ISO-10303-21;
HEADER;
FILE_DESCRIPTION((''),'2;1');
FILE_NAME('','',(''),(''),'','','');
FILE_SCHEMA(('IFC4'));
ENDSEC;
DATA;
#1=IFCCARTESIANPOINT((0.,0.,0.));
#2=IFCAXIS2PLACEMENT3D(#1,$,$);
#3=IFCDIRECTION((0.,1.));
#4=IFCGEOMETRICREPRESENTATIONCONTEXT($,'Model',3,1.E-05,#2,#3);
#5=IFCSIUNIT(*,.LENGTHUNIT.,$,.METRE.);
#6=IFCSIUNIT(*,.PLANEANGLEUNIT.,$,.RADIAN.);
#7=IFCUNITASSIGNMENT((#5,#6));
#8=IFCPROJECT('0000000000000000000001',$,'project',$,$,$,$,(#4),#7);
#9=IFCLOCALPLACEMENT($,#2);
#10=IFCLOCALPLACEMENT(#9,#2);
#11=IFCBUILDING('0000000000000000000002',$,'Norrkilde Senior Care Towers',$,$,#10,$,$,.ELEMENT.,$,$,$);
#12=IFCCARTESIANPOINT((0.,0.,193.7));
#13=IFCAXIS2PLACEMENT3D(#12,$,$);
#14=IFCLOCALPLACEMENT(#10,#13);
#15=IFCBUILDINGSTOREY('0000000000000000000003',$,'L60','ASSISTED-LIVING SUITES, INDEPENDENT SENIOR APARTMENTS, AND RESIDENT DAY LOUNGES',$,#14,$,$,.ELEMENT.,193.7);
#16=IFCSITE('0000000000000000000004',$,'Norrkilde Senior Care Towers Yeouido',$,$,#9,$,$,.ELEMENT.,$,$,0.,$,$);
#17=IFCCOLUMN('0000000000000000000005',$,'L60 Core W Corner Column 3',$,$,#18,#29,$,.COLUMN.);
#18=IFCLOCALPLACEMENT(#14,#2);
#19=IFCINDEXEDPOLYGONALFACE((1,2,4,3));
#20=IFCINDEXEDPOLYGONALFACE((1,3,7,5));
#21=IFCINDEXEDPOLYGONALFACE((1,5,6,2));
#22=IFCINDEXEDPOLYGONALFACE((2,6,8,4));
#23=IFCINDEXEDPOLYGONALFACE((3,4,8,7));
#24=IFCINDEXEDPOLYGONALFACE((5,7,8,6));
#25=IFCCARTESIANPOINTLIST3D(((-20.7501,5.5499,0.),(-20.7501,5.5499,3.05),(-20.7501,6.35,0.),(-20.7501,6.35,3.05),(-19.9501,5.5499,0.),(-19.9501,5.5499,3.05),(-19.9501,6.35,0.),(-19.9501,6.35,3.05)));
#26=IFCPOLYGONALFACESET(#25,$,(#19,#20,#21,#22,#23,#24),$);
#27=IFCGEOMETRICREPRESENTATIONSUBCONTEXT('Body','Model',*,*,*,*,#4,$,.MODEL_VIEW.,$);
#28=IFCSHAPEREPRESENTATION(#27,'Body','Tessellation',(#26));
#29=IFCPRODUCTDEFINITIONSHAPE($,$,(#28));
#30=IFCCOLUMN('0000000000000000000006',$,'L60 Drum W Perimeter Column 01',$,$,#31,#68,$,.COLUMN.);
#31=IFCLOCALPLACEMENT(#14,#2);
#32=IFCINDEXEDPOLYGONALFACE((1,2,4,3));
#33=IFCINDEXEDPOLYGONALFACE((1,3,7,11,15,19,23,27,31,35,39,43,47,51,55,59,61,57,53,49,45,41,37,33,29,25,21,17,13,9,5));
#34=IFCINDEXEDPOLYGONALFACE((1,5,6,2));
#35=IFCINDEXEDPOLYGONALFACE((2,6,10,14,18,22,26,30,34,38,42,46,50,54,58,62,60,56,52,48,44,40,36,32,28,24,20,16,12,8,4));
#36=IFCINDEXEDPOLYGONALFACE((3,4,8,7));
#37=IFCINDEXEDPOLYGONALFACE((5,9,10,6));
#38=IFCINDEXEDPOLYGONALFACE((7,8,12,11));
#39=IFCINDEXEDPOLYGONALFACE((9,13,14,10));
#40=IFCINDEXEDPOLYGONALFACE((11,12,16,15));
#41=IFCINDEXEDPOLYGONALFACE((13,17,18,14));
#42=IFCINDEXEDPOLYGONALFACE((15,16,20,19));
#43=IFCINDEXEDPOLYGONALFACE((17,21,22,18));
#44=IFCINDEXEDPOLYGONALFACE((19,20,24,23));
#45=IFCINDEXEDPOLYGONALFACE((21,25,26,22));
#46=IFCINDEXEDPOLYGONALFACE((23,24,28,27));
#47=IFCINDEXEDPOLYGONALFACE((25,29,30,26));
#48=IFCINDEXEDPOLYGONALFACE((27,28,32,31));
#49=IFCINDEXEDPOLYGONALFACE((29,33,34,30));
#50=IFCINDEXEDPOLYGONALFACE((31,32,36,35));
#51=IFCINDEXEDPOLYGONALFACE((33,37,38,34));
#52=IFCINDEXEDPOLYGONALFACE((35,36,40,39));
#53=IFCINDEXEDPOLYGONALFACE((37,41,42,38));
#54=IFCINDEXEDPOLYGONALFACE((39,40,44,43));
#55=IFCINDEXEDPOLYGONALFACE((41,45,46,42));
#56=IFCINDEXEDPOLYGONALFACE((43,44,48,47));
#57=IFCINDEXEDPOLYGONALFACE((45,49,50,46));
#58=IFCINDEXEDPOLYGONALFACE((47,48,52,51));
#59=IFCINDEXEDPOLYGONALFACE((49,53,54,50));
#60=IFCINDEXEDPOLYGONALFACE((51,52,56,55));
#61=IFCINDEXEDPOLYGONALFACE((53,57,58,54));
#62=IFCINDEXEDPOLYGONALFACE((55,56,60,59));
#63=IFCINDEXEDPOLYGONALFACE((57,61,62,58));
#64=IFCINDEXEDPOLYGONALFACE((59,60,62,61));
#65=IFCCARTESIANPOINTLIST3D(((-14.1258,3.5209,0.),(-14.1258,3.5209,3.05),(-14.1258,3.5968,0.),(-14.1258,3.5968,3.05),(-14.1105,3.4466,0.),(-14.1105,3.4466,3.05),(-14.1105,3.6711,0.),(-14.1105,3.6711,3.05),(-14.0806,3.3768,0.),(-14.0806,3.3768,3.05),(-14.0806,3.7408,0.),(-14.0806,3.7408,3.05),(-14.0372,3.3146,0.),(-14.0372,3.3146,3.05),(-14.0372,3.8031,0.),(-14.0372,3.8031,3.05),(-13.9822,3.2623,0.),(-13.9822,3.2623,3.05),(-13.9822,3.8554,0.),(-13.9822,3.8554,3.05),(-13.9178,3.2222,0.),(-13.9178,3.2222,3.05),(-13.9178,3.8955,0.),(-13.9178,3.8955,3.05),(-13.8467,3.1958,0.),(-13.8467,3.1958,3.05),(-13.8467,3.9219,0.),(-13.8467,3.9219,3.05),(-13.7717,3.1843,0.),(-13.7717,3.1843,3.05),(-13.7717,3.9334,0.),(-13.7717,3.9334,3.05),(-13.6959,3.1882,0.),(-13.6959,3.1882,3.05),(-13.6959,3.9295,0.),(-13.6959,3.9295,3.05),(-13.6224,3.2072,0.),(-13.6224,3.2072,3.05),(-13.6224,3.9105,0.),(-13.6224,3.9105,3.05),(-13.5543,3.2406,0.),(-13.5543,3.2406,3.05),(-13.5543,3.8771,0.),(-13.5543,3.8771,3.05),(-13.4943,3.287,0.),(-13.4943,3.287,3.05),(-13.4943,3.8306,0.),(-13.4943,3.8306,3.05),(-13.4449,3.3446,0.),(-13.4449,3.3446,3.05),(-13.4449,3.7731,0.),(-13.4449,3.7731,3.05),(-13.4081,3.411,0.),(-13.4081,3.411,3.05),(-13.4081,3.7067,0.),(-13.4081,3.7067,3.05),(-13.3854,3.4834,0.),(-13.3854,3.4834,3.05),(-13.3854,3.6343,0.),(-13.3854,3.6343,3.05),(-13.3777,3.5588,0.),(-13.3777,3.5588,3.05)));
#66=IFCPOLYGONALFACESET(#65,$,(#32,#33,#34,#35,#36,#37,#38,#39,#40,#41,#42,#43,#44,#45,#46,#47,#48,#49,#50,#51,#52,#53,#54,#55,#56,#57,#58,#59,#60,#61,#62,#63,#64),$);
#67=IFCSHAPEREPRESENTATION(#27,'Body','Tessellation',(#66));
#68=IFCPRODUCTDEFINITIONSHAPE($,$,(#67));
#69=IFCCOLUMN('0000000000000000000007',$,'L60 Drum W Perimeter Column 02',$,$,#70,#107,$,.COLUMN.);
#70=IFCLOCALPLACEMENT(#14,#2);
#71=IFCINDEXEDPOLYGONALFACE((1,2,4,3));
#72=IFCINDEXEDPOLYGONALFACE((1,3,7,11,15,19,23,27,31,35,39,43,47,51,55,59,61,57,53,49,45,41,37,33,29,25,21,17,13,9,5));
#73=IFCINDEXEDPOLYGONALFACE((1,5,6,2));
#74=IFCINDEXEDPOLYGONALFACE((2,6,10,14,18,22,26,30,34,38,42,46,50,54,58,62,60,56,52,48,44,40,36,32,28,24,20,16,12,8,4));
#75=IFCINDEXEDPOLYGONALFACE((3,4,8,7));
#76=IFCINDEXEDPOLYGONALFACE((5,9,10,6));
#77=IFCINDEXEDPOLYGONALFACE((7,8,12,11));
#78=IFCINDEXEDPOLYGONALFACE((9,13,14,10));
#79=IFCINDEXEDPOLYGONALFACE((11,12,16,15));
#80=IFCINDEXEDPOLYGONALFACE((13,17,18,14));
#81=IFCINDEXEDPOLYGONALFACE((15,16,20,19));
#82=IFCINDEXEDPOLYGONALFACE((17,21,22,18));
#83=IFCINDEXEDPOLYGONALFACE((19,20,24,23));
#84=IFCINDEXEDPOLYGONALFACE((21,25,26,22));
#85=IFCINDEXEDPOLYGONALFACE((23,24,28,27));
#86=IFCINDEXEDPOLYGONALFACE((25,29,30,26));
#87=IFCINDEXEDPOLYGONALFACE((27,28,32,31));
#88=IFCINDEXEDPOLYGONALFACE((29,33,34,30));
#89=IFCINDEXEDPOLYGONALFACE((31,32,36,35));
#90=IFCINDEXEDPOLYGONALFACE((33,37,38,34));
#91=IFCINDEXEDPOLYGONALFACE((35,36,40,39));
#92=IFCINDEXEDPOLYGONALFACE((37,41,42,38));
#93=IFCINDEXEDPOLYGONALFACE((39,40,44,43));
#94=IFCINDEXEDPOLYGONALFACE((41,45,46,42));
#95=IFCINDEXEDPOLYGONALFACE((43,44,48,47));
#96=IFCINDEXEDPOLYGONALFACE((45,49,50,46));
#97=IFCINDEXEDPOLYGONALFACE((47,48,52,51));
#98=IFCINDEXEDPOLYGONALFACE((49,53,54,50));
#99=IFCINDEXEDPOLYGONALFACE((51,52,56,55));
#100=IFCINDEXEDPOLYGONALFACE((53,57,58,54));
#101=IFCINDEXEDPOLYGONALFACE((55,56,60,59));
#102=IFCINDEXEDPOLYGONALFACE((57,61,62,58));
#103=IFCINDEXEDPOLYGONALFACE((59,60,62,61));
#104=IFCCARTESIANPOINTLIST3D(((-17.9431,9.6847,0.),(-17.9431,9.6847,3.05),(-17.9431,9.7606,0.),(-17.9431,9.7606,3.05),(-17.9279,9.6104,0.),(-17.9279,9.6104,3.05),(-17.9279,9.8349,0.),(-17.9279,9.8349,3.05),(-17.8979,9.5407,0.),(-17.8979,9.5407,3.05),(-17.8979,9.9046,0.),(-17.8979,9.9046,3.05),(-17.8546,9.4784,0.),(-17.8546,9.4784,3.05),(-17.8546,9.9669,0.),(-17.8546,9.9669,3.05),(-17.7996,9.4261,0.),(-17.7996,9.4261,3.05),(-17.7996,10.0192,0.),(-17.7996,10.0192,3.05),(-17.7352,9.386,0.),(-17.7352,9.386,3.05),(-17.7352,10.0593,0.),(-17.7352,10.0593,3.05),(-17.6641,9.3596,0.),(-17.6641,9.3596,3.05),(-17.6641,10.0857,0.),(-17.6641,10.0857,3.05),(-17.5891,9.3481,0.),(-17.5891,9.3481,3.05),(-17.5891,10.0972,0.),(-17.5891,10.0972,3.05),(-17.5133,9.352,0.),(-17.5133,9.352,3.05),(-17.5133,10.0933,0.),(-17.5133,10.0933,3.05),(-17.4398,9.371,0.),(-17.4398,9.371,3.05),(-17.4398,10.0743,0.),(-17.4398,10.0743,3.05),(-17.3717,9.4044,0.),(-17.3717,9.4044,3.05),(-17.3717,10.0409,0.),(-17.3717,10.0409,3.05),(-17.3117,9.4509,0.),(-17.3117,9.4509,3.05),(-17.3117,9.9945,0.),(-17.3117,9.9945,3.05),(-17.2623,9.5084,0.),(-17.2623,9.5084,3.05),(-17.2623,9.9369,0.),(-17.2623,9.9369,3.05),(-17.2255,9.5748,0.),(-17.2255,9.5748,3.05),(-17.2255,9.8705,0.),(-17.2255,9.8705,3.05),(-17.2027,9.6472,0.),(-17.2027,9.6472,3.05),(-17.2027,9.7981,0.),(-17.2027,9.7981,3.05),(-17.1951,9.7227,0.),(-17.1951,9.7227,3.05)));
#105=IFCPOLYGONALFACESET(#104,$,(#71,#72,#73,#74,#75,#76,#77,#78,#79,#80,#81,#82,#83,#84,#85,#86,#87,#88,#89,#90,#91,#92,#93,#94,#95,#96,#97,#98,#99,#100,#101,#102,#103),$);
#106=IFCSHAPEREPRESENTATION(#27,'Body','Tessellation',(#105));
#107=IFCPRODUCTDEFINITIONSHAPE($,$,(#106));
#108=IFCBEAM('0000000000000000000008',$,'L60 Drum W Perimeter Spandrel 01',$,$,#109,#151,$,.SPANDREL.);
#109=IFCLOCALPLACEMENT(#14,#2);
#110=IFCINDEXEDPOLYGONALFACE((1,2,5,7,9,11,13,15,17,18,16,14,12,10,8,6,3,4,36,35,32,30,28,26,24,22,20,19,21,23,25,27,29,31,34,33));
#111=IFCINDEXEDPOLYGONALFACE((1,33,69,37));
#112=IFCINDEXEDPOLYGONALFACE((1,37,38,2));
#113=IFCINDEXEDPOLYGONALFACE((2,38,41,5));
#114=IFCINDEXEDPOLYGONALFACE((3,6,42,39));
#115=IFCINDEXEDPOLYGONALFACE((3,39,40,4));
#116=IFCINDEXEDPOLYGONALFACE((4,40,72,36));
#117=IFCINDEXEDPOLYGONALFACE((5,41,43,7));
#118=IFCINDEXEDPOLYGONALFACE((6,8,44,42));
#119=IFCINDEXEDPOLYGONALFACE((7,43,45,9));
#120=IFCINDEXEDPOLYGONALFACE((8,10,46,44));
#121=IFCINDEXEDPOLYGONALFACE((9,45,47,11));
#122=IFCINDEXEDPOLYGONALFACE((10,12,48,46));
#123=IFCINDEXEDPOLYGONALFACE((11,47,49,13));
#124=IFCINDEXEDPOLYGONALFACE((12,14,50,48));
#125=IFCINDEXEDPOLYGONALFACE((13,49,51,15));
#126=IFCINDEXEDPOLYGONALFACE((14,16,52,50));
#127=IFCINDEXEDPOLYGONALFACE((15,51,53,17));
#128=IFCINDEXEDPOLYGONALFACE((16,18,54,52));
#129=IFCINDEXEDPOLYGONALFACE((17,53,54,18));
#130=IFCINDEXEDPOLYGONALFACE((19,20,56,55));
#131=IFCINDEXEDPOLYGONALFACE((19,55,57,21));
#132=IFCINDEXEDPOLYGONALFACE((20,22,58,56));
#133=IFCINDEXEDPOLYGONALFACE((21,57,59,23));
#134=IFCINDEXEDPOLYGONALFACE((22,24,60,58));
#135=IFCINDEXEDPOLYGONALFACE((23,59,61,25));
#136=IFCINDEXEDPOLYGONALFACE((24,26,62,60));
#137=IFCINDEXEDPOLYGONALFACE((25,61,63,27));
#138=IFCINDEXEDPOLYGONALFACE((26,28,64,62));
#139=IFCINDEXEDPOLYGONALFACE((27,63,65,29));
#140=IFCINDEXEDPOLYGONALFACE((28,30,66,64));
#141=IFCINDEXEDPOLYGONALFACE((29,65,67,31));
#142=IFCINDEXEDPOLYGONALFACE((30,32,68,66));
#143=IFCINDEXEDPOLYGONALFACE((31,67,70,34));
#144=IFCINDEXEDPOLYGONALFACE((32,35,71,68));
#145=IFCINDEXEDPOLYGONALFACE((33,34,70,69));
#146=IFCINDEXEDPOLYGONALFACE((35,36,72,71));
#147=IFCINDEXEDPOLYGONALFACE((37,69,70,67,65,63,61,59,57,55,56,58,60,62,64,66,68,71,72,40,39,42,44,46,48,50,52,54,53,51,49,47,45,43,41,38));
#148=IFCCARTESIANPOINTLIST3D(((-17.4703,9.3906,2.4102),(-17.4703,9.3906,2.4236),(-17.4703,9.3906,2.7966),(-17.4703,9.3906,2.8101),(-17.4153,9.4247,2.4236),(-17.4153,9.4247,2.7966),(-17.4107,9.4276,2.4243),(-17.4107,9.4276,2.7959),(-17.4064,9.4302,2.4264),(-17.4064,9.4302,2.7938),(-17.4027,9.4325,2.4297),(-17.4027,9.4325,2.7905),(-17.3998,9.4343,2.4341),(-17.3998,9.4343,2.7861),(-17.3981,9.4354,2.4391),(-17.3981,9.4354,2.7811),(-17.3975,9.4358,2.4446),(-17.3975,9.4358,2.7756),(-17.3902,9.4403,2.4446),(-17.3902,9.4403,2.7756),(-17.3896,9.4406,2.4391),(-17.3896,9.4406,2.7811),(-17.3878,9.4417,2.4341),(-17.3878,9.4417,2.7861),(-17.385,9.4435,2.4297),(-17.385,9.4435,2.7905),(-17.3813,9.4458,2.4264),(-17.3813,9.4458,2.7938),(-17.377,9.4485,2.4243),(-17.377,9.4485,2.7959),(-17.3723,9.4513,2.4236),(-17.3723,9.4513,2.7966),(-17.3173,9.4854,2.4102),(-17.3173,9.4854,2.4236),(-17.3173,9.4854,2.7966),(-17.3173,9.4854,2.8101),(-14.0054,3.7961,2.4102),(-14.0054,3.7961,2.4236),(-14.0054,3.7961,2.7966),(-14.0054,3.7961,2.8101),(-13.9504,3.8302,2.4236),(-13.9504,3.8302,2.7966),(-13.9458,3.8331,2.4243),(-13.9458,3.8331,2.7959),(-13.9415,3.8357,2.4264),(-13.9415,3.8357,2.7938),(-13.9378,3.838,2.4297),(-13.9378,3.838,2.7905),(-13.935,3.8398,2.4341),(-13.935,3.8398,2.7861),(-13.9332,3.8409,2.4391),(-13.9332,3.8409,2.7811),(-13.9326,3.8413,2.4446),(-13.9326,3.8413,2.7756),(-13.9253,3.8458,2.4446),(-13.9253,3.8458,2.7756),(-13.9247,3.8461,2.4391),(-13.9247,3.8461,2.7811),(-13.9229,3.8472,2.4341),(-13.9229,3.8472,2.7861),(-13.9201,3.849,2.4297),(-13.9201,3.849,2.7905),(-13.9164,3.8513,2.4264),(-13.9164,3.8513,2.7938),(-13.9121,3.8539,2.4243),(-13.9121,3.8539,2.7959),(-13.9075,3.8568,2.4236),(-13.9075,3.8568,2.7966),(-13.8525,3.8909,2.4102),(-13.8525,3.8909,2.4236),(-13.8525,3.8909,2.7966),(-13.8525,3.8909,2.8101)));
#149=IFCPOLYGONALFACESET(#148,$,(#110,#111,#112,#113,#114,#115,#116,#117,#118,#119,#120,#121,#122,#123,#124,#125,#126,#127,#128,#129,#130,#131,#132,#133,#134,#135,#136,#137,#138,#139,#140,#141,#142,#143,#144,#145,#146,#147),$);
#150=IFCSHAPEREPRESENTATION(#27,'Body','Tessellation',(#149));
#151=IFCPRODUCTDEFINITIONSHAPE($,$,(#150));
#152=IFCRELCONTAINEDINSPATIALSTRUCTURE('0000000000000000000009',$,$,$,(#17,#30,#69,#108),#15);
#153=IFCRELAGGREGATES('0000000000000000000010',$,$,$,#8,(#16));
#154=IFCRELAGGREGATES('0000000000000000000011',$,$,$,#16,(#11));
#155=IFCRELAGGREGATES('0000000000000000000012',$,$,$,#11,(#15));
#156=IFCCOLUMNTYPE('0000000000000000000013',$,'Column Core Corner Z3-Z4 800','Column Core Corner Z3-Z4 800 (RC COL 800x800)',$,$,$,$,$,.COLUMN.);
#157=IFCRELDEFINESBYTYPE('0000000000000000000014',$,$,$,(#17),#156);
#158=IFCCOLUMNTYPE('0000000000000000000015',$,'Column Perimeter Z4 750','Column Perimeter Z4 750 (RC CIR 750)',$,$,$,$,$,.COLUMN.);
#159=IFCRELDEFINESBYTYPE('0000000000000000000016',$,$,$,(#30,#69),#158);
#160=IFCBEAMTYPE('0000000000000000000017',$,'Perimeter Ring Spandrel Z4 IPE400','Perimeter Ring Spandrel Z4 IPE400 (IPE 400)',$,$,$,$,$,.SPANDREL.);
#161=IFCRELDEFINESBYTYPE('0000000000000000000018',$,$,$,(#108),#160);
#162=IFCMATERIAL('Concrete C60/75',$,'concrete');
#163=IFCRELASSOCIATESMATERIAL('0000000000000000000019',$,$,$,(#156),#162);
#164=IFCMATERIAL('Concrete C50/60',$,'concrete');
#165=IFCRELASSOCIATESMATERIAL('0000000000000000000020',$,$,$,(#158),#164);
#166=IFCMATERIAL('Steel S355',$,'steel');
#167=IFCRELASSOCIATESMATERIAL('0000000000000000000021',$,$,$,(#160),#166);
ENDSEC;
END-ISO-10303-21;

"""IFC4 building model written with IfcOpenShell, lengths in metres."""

from ifc_helpers import new_model, si_unit, direction, frame, origin, origin_2d, place, context, subcontext, project, spatial, rectangle, circle, i_section, extrude, source, transform, mapped, material, material_profile, profile_set, type_object, type_shapes, element, save


model = new_model("IFC4")

# Units and contexts
model_context = context("Model", 3, precision=1e-05, world=origin(), true_north=direction((0.0, 1.0)))
body_context = subcontext(model_context, "Body", "Model", "MODEL_VIEW")
ifc_project = project(units=[si_unit("LENGTHUNIT", "METRE"), si_unit("PLANEANGLEUNIT", "RADIAN")], contexts=[model_context])

# Site, building, storey
site_placement = place(None, origin())
site = spatial("IfcSite", under=ifc_project, at=site_placement, Name="Norrkilde Senior Care Towers Yeouido", CompositionType="ELEMENT", RefElevation=0.0)
building_placement = place(site_placement, origin())
building = spatial("IfcBuilding", under=site, at=building_placement, Name="Norrkilde Senior Care Towers", CompositionType="ELEMENT")
storey_placement = place(building_placement, frame((0.0, 0.0, 193.7)))
storey = spatial("IfcBuildingStorey", under=building, at=storey_placement, Name="L60", Description="ASSISTED-LIVING SUITES, INDEPENDENT SENIOR APARTMENTS, AND RESIDENT DAY LOUNGES", CompositionType="ELEMENT", Elevation=193.7)

# Columns
ifc_material_1 = material(Name="Concrete C60/75", Category="concrete")
ifc_material_profile_1 = material_profile(ifc_material_1, rectangle(XDim=0.8, YDim=0.8, at=origin_2d()), Name="RC COL 800x800")
ifc_profile_set_1 = profile_set([ifc_material_profile_1], Name="Concrete C60/75")
column_type_1 = type_object("IfcColumnType", Name="Column Core Corner Z3-Z4 800", Description="Column Core Corner Z3-Z4 800 (RC COL 800x800)", PredefinedType="COLUMN", material=ifc_profile_set_1)
shared_shape_1 = source(origin(), body_context, "Body", "SweptSolid", [
    extrude(rectangle(XDim=0.8, YDim=0.8, at=origin_2d()), origin(), (0.0, 0.0, 1.0), 3.05),
])
type_shapes(column_type_1, [shared_shape_1])
column_placement = place(storey_placement, frame((-20.3501, 5.95, 0.0), z_axis=(0.0, 0.0, 1.0), x_axis=(1.0, 0.0, 0.0)))
element("IfcColumn", 1, at=column_placement, inside=storey, type_object=column_type_1, Name="L60 Core W Corner Column 3", PredefinedType="COLUMN", context=body_context, shape_type="MappedRepresentation", body=[
    mapped(shared_shape_1, transform((0.0, 0.0, 0.0), x_axis=(1.0, 0.0, 0.0), y_axis=(0.0, 1.0, 0.0), z_axis=(0.0, 0.0, 1.0), scale=1.0)),
])
ifc_material_2 = material(Name="Concrete C50/60", Category="concrete")
ifc_material_profile_2 = material_profile(ifc_material_2, circle(Radius=0.375, at=origin_2d()), Name="RC CIR 750")
ifc_profile_set_2 = profile_set([ifc_material_profile_2], Name="Concrete C50/60")
column_type_2 = type_object("IfcColumnType", Name="Column Perimeter Z4 750", Description="Column Perimeter Z4 750 (RC CIR 750)", PredefinedType="COLUMN", material=ifc_profile_set_2)
shared_shape_2 = source(origin(), body_context, "Body", "SweptSolid", [
    extrude(circle(Radius=0.375, at=origin_2d()), origin(), (0.0, 0.0, 1.0), 3.05),
])
type_shapes(column_type_2, [shared_shape_2])
for number, where, z_axis, x_axis, name in (
    (2, (-13.7527, 3.5588, 0.0), (0.0, 0.0, 1.0), (1.0, 0.0, 0.0), "L60 Drum W Perimeter Column 01"),
    (3, (-17.5701, 9.7227, 0.0), (0.0, 0.0, 1.0), (1.0, 0.0, 0.0), "L60 Drum W Perimeter Column 02"),
):
    element("IfcColumn", number, at=place(storey_placement, frame(where, z_axis=z_axis, x_axis=x_axis)), inside=storey, type_object=column_type_2, Name=name, PredefinedType="COLUMN", context=body_context, shape_type="MappedRepresentation", body=[
        mapped(shared_shape_2, transform((0.0, 0.0, 0.0), x_axis=(1.0, 0.0, 0.0), y_axis=(0.0, 1.0, 0.0), z_axis=(0.0, 0.0, 1.0), scale=1.0)),
    ])

# Beam
ifc_material_3 = material(Name="Steel S355", Category="steel")
ifc_material_profile_3 = material_profile(ifc_material_3, i_section(OverallWidth=0.1799, OverallDepth=0.3999, WebThickness=0.0085, FlangeThickness=0.0134, FilletRadius=0.021, at=origin_2d()), Name="IPE 400")
ifc_profile_set_3 = profile_set([ifc_material_profile_3], Name="Steel S355")
beam_type_1 = type_object("IfcBeamType", Name="Perimeter Ring Spandrel Z4 IPE400", Description="Perimeter Ring Spandrel Z4 IPE400 (IPE 400)", PredefinedType="SPANDREL", material=ifc_profile_set_3)
shared_shape_3 = source(origin(), body_context, "Body", "SweptSolid", [
    extrude(i_section(OverallWidth=0.1799, OverallDepth=0.3999, WebThickness=0.0085, FlangeThickness=0.0134, FilletRadius=0.021, at=origin_2d()), origin(), (0.0, 0.0, 1.0), 6.5806),
])
beam_1_placement = place(storey_placement, frame((-13.929, 3.8435, 2.6101), z_axis=(-0.52653, 0.850157, 0.0), x_axis=(-0.850157, -0.52653, 0.0)))
element("IfcBeam", 4, at=beam_1_placement, inside=storey, type_object=beam_type_1, Name="L60 Drum W Perimeter Spandrel 01", PredefinedType="SPANDREL", context=body_context, shape_type="MappedRepresentation", body=[
    mapped(shared_shape_3, transform((0.0, 0.0, 0.0), x_axis=(1.0, 0.0, 0.0), y_axis=(0.0, 1.0, 0.0), z_axis=(0.0, 0.0, 1.0), scale=1.0)),
])

save(model, "model.ifc")
